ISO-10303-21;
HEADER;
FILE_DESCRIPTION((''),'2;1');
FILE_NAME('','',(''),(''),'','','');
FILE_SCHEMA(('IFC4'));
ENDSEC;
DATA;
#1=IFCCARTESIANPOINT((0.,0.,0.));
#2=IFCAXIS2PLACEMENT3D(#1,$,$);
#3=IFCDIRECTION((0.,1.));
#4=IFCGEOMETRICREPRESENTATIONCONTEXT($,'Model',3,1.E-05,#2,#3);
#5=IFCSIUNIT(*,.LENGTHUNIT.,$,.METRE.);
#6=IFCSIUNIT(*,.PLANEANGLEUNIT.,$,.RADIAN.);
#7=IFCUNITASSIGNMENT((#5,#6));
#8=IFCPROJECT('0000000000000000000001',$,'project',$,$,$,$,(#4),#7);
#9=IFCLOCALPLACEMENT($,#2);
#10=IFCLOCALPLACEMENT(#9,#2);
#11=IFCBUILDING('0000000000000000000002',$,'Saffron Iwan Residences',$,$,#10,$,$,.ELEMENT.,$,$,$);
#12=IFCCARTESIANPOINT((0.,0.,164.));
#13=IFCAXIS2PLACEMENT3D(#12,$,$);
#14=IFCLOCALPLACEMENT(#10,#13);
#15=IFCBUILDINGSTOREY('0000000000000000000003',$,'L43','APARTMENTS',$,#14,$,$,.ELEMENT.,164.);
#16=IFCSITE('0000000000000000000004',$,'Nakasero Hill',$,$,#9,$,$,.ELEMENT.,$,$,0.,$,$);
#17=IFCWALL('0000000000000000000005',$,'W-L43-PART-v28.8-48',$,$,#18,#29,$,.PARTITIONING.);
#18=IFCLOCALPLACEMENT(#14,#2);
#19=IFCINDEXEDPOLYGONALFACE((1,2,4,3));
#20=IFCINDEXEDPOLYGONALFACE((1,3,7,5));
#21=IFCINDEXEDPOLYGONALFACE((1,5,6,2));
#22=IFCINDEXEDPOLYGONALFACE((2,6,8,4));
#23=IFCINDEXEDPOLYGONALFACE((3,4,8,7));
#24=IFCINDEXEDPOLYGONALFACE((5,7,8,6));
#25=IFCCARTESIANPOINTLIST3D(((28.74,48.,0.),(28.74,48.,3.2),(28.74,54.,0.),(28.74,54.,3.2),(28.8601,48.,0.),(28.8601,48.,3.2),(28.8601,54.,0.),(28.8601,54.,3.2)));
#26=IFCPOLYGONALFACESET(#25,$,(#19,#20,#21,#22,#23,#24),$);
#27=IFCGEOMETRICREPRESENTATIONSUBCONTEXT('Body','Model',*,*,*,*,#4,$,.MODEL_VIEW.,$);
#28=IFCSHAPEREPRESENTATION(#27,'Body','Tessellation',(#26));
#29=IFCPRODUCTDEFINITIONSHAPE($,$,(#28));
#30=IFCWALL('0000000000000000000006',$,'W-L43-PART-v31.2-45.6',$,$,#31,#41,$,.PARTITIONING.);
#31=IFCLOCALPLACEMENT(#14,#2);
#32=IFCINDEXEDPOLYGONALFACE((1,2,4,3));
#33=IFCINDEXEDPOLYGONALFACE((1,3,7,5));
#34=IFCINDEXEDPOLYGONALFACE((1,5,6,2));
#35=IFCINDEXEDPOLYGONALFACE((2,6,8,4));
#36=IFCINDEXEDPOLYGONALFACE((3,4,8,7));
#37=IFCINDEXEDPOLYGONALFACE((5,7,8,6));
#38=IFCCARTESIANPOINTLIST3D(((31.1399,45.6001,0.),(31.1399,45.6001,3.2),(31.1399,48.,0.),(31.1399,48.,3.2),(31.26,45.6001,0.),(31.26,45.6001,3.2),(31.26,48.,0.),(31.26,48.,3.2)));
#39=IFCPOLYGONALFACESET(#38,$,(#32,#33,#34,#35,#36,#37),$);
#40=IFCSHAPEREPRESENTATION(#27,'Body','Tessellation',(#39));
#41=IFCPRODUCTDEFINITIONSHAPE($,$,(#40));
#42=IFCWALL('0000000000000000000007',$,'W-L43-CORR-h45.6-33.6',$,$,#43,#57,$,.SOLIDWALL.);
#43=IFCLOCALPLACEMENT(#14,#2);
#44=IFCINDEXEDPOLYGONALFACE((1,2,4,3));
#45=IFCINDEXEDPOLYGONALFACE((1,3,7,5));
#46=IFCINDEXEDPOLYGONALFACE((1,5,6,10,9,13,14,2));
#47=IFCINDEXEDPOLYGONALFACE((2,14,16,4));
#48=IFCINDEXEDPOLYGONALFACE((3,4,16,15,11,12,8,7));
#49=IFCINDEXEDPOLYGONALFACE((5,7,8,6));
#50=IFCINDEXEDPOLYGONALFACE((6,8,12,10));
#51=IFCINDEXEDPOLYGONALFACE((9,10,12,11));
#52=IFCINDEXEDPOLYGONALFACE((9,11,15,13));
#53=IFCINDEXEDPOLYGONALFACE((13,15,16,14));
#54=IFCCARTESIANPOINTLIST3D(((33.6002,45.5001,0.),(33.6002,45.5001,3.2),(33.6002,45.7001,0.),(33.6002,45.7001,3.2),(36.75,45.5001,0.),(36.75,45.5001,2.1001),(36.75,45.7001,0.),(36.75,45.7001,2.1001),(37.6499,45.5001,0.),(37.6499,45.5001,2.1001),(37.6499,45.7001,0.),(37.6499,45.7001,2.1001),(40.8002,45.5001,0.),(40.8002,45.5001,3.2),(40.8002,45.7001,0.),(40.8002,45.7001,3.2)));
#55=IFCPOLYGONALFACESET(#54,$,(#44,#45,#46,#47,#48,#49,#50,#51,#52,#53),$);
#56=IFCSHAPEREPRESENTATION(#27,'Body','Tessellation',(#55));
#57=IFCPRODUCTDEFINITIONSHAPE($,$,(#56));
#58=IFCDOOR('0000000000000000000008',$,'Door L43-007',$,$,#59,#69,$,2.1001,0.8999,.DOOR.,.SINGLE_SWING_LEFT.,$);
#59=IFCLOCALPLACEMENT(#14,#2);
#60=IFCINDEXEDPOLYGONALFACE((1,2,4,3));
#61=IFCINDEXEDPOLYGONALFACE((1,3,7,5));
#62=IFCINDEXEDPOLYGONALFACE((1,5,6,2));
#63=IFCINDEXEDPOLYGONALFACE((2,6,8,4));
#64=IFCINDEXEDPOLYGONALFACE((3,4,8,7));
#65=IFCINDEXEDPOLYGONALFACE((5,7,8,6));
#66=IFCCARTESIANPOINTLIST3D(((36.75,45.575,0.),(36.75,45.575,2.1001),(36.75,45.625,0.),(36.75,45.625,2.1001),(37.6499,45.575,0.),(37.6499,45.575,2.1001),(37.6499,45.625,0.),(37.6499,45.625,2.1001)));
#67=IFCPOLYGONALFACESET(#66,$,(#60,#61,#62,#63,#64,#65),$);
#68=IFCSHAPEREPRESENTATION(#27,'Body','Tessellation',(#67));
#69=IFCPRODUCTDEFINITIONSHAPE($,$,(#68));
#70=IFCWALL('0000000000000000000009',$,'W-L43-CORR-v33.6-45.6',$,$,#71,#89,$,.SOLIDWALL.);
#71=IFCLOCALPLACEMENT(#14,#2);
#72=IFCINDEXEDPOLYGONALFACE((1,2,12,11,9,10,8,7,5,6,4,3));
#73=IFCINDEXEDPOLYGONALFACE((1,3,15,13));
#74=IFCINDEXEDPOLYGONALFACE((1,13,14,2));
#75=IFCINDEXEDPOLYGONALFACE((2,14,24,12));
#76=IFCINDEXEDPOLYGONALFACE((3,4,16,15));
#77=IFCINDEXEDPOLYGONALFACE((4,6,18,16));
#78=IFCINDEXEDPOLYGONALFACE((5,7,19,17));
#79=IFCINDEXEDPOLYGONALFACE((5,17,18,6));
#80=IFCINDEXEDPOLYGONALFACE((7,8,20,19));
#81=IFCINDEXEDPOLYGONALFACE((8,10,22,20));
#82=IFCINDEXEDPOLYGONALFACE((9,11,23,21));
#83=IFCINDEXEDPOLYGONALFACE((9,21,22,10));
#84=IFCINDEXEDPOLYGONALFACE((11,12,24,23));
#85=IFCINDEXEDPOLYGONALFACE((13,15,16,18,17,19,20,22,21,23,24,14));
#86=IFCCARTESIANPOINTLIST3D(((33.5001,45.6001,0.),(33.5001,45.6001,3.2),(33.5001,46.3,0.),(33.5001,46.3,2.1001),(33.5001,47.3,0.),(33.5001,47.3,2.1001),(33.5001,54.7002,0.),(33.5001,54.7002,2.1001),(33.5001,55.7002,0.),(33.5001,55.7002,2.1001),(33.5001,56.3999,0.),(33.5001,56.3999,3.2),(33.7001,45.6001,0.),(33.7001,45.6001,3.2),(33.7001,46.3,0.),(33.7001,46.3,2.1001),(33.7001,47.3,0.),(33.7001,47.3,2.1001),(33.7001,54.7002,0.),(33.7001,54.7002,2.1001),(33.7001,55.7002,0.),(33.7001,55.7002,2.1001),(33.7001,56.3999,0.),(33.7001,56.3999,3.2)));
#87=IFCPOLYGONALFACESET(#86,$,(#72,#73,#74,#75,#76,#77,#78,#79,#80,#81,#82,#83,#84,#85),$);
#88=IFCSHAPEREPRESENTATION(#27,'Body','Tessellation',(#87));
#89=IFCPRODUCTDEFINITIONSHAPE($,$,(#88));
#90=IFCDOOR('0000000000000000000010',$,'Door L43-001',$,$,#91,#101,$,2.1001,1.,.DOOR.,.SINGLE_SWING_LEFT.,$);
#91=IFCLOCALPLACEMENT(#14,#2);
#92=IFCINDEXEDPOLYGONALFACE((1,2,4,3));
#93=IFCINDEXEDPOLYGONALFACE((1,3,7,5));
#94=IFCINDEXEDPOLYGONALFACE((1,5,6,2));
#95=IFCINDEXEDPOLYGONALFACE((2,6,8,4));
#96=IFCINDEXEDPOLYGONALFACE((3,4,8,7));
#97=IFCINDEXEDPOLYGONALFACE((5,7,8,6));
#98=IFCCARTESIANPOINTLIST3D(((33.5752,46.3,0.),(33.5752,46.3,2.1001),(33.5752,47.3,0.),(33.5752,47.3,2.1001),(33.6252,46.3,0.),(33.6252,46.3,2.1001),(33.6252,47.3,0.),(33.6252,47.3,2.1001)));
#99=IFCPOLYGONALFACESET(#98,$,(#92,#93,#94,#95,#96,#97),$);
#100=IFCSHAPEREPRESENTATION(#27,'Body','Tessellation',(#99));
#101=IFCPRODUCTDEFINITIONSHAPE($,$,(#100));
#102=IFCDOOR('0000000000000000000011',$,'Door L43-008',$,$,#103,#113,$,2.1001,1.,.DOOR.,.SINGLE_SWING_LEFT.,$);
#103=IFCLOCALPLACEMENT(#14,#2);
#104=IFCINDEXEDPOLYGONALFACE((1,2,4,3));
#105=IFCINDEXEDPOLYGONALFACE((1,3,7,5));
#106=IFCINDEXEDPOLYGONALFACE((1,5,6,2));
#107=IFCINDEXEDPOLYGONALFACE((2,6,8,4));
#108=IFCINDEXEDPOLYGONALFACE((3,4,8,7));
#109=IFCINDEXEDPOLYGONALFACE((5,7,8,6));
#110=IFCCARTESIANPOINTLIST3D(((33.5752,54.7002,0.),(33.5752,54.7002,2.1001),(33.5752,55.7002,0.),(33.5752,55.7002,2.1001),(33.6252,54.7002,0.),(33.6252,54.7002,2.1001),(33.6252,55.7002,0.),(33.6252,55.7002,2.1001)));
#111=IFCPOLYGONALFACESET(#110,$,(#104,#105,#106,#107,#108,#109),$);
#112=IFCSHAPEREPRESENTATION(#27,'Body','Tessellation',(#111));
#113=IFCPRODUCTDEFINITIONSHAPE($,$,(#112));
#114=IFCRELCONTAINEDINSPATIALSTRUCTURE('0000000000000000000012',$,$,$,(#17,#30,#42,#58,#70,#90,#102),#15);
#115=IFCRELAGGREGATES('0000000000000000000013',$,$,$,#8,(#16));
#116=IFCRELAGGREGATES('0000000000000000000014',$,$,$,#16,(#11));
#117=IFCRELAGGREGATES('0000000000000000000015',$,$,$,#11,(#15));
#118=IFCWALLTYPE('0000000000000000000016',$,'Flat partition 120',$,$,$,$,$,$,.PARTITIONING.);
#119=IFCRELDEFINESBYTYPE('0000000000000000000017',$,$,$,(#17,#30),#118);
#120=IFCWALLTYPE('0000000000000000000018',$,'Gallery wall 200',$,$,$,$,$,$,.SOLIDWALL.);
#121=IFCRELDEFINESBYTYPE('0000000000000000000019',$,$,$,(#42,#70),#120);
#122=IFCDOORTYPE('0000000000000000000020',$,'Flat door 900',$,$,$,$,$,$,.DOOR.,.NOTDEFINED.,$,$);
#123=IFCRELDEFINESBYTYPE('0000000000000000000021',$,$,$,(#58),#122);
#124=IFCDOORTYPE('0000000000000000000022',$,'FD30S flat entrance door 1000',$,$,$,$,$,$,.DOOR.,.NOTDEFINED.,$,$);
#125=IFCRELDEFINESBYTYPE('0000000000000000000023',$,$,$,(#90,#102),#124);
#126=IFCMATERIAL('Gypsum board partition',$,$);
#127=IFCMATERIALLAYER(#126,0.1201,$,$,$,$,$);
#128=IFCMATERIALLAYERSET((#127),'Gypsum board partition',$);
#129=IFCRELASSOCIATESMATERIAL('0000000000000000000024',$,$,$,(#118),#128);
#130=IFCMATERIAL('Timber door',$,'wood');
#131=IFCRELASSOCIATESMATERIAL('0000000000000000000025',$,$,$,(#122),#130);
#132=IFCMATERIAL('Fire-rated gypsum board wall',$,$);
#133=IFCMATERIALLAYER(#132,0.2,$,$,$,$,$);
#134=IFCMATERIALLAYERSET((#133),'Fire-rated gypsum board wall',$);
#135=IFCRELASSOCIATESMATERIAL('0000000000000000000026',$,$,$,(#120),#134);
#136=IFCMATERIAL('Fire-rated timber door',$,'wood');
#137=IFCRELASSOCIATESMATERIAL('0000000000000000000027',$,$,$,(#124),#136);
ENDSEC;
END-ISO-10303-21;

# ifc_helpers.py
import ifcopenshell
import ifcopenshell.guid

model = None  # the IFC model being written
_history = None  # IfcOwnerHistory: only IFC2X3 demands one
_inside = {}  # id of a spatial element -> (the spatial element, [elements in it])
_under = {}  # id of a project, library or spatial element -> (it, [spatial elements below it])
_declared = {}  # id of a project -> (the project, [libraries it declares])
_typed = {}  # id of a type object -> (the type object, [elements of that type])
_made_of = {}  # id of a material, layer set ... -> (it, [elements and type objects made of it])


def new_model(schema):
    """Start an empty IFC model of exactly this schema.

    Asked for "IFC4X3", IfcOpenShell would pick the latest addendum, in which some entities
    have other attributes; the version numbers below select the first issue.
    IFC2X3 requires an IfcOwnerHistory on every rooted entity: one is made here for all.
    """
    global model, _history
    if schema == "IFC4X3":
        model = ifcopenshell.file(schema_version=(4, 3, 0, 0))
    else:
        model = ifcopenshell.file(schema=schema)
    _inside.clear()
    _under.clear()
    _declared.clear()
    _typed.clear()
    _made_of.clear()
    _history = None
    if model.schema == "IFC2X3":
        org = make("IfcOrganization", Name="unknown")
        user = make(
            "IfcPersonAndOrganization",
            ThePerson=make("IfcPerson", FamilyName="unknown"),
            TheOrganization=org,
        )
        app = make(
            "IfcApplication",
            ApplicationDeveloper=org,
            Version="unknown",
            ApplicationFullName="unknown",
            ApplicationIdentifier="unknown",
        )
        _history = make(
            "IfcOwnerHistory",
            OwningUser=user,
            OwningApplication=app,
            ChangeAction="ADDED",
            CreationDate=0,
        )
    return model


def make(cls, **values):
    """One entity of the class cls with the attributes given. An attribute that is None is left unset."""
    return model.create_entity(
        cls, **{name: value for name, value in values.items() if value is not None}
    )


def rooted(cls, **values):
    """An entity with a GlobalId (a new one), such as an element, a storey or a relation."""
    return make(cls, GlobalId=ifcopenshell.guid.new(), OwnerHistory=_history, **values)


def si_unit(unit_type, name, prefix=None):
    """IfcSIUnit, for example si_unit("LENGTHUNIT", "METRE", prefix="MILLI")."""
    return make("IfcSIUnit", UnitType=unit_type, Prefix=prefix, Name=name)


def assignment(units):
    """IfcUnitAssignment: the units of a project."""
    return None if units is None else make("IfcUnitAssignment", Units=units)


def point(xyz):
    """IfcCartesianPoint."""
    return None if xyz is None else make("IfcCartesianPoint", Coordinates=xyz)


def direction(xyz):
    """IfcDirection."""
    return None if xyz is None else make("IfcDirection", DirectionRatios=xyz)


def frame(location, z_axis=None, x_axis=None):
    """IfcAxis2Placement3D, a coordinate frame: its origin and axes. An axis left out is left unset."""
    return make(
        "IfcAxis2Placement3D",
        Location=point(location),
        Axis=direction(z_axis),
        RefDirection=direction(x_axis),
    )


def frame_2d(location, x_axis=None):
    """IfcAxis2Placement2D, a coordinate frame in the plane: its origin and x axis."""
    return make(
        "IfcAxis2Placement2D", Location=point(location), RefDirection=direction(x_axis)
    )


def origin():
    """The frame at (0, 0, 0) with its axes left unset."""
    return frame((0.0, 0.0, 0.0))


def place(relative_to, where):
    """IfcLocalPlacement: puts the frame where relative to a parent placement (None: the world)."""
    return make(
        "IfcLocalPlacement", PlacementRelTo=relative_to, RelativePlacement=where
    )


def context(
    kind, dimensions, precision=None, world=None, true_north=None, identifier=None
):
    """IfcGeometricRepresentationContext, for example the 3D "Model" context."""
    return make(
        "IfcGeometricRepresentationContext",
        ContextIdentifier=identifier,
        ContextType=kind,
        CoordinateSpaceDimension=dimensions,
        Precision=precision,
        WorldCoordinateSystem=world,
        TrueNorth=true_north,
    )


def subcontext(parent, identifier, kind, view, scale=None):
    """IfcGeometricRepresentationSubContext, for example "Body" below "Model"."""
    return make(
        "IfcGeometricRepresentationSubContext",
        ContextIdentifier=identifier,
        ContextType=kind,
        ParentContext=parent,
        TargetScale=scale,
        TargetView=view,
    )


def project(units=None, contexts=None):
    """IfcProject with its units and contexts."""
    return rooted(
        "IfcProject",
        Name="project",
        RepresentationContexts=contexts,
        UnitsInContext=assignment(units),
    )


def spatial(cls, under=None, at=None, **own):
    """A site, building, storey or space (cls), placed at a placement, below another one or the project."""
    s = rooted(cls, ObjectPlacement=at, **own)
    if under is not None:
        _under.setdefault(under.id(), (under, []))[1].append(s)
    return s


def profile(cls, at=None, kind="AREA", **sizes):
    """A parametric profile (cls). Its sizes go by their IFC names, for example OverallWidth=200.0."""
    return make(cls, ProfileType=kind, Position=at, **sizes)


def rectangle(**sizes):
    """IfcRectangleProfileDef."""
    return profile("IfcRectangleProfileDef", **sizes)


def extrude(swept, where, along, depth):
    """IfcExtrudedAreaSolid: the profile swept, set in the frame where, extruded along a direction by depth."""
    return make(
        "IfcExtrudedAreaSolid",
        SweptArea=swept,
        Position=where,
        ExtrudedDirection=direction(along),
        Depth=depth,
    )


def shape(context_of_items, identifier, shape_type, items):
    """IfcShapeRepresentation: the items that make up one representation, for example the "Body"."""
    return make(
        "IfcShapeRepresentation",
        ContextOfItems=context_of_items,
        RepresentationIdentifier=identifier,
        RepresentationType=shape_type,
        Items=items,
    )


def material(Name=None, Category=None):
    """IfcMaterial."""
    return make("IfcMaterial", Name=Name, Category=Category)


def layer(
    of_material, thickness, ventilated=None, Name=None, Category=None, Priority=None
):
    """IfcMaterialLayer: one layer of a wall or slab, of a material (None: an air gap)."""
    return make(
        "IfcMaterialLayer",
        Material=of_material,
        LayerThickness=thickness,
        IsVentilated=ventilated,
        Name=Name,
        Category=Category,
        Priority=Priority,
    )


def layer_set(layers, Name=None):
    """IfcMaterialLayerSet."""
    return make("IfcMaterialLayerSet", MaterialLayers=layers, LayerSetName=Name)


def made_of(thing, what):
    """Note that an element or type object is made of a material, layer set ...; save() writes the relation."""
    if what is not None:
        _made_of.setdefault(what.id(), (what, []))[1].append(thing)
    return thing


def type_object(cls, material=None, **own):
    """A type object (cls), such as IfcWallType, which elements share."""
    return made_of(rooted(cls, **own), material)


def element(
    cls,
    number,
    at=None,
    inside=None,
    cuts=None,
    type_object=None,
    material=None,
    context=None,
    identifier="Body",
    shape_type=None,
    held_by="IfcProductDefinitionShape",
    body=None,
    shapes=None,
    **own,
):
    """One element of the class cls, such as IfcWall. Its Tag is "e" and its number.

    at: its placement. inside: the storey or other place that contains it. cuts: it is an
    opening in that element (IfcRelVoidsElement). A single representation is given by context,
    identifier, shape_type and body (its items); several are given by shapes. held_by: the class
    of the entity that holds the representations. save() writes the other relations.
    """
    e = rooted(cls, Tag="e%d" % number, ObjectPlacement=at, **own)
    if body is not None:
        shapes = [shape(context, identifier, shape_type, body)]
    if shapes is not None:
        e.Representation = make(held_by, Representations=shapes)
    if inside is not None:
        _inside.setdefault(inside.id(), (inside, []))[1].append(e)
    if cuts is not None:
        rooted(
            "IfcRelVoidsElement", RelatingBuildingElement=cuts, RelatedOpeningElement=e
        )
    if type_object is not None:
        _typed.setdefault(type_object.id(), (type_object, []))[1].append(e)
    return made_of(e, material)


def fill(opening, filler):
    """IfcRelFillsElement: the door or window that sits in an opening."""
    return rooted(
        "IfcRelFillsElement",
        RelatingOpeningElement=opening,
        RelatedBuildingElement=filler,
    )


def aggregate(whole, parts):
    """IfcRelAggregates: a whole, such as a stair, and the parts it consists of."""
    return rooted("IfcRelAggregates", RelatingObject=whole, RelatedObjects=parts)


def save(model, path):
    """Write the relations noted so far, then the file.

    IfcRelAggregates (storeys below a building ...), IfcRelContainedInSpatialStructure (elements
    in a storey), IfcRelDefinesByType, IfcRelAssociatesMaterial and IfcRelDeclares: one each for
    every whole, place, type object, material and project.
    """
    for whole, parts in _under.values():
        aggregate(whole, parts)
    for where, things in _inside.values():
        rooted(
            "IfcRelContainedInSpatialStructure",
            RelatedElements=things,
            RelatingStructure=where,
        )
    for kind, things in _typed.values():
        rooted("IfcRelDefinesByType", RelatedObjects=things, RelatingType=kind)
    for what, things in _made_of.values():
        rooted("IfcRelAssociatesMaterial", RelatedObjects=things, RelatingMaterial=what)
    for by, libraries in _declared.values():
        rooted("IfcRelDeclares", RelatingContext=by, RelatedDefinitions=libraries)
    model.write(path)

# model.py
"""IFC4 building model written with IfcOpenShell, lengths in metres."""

from ifc_helpers import new_model, si_unit, direction, frame, frame_2d, origin, place, context, subcontext, project, spatial, rectangle, extrude, material, layer, layer_set, type_object, element, fill, save


model = new_model("IFC4")

# Units and contexts
model_context = context("Model", 3, precision=1e-05, world=origin(), true_north=direction((0.0, 1.0)))
body_context = subcontext(model_context, "Body", "Model", "MODEL_VIEW")
ifc_project = project(units=[si_unit("LENGTHUNIT", "METRE"), si_unit("PLANEANGLEUNIT", "RADIAN")], contexts=[model_context])

# Site, building, storey
site_placement = place(None, origin())
site = spatial("IfcSite", under=ifc_project, at=site_placement, Name="Nakasero Hill", CompositionType="ELEMENT", RefElevation=0.0)
building_placement = place(site_placement, origin())
building = spatial("IfcBuilding", under=site, at=building_placement, Name="Saffron Iwan Residences", CompositionType="ELEMENT")
storey_placement = place(building_placement, frame((0.0, 0.0, 164.0)))
storey = spatial("IfcBuildingStorey", under=building, at=storey_placement, Name="L43", Description="APARTMENTS", CompositionType="ELEMENT", Elevation=164.0)

# Shared definitions
ifc_material_1 = material(Name="Gypsum board partition")
ifc_layer_1 = layer(ifc_material_1, 0.1201)
ifc_layer_set_1 = layer_set([ifc_layer_1], Name="Gypsum board partition")
wall_type_1 = type_object("IfcWallType", Name="Flat partition 120", PredefinedType="PARTITIONING", material=ifc_layer_set_1)
ifc_material_2 = material(Name="Timber door", Category="wood")
door_type_1 = type_object("IfcDoorType", Name="Flat door 900", OperationType="NOTDEFINED", PredefinedType="DOOR", material=ifc_material_2)

# Walls
wall_1_placement = place(storey_placement, frame((28.8, 48.0, 0.0), z_axis=(0.0, 0.0, 1.0), x_axis=(0.0, 1.0, 0.0)))
element("IfcWall", 1, at=wall_1_placement, inside=storey, type_object=wall_type_1, Name="W-L43-PART-v28.8-48", PredefinedType="PARTITIONING", context=body_context, shape_type="SweptSolid", body=[
    extrude(rectangle(XDim=6.0, YDim=0.1201, at=frame_2d((3.0, 0.0))), origin(), (0.0, 0.0, 1.0), 3.2),
])
wall_2_placement = place(storey_placement, frame((31.2, 45.6001, 0.0), z_axis=(0.0, 0.0, 1.0), x_axis=(0.0, 1.0, 0.0)))
element("IfcWall", 2, at=wall_2_placement, inside=storey, type_object=wall_type_1, Name="W-L43-PART-v31.2-45.6", PredefinedType="PARTITIONING", context=body_context, shape_type="SweptSolid", body=[
    extrude(rectangle(XDim=2.3999, YDim=0.1201, at=frame_2d((1.2, 0.0))), origin(), (0.0, 0.0, 1.0), 3.2),
])

# Wall, opening, door
ifc_material_3 = material(Name="Fire-rated gypsum board wall")
ifc_layer_2 = layer(ifc_material_3, 0.2)
ifc_layer_set_2 = layer_set([ifc_layer_2], Name="Fire-rated gypsum board wall")
wall_type_2 = type_object("IfcWallType", Name="Gallery wall 200", PredefinedType="SOLIDWALL", material=ifc_layer_set_2)
wall_3_placement = place(storey_placement, frame((33.6001, 45.6001, 0.0), z_axis=(0.0, 0.0, 1.0), x_axis=(1.0, 0.0, 0.0)))
wall_3 = element("IfcWall", 3, at=wall_3_placement, inside=storey, type_object=wall_type_2, Name="W-L43-CORR-h45.6-33.6", PredefinedType="SOLIDWALL", context=body_context, shape_type="SweptSolid", body=[
    extrude(rectangle(XDim=7.2, YDim=0.2, at=frame_2d((3.6001, 0.0))), origin(), (0.0, 0.0, 1.0), 3.2),
])
opening_1_placement = place(wall_3_placement, frame((3.1499, 0.0, 0.0)))
opening_1 = element("IfcOpeningElement", 4, at=opening_1_placement, cuts=wall_3, PredefinedType="OPENING", context=body_context, shape_type="SweptSolid", body=[
    extrude(rectangle(XDim=0.8999, YDim=2.1001, at=frame_2d((0.45, 1.05))), frame((0.0, 0.1099, 0.0), z_axis=(0.0, -1.0, 0.0), x_axis=(1.0, 0.0, 0.0)), (0.0, 0.0, 1.0), 0.22),
])
door_1_placement = place(opening_1_placement, origin())
door_1 = element("IfcDoor", 5, at=door_1_placement, inside=storey, type_object=door_type_1, Name="Door L43-007", OperationType="SINGLE_SWING_LEFT", OverallHeight=2.1001, OverallWidth=0.8999, PredefinedType="DOOR", context=body_context, shape_type="SweptSolid", body=[
    extrude(rectangle(XDim=0.8999, YDim=2.1001, at=frame_2d((0.45, 1.05))), frame((0.0, 0.0249, 0.0), z_axis=(0.0, -1.0, 0.0), x_axis=(1.0, 0.0, 0.0)), (0.0, 0.0, 1.0), 0.05),
])
fill(opening_1, door_1)

# Wall, openings, doors
wall_4_placement = place(storey_placement, frame((33.6001, 45.6001, 0.0), z_axis=(0.0, 0.0, 1.0), x_axis=(0.0, 1.0, 0.0)))
wall_4 = element("IfcWall", 6, at=wall_4_placement, inside=storey, type_object=wall_type_2, Name="W-L43-CORR-v33.6-45.6", PredefinedType="SOLIDWALL", context=body_context, shape_type="SweptSolid", body=[
    extrude(rectangle(XDim=10.7998, YDim=0.2, at=frame_2d((5.3999, 0.0))), origin(), (0.0, 0.0, 1.0), 3.2),
])
opening_2_placement = place(wall_4_placement, frame((0.7, 0.0, 0.0)))
opening_2 = element("IfcOpeningElement", 7, at=opening_2_placement, cuts=wall_4, PredefinedType="OPENING", context=body_context, shape_type="SweptSolid", body=[
    extrude(rectangle(XDim=1.0, YDim=2.1001, at=frame_2d((0.5, 1.05))), frame((0.0, 0.1099, 0.0), z_axis=(0.0, -1.0, 0.0), x_axis=(1.0, 0.0, 0.0)), (0.0, 0.0, 1.0), 0.22),
])
opening_3_placement = place(wall_4_placement, frame((9.1001, 0.0, 0.0)))
opening_3 = element("IfcOpeningElement", 8, at=opening_3_placement, cuts=wall_4, PredefinedType="OPENING", context=body_context, shape_type="SweptSolid", body=[
    extrude(rectangle(XDim=1.0, YDim=2.1001, at=frame_2d((0.5, 1.05))), frame((0.0, 0.1099, 0.0), z_axis=(0.0, -1.0, 0.0), x_axis=(1.0, 0.0, 0.0)), (0.0, 0.0, 1.0), 0.22),
])
ifc_material_4 = material(Name="Fire-rated timber door", Category="wood")
door_type_2 = type_object("IfcDoorType", Name="FD30S flat entrance door 1000", OperationType="NOTDEFINED", PredefinedType="DOOR", material=ifc_material_4)
door_2_placement = place(opening_2_placement, origin())
door_2 = element("IfcDoor", 9, at=door_2_placement, inside=storey, type_object=door_type_2, Name="Door L43-001", OperationType="SINGLE_SWING_LEFT", OverallHeight=2.1001, OverallWidth=1.0, PredefinedType="DOOR", context=body_context, shape_type="SweptSolid", body=[
    extrude(rectangle(XDim=1.0, YDim=2.1001, at=frame_2d((0.5, 1.05))), frame((0.0, 0.0249, 0.0), z_axis=(0.0, -1.0, 0.0), x_axis=(1.0, 0.0, 0.0)), (0.0, 0.0, 1.0), 0.05),
])
fill(opening_2, door_2)
door_3_placement = place(opening_3_placement, origin())
door_3 = element("IfcDoor", 10, at=door_3_placement, inside=storey, type_object=door_type_2, Name="Door L43-008", OperationType="SINGLE_SWING_LEFT", OverallHeight=2.1001, OverallWidth=1.0, PredefinedType="DOOR", context=body_context, shape_type="SweptSolid", body=[
    extrude(rectangle(XDim=1.0, YDim=2.1001, at=frame_2d((0.5, 1.05))), frame((0.0, 0.0249, 0.0), z_axis=(0.0, -1.0, 0.0), x_axis=(1.0, 0.0, 0.0)), (0.0, 0.0, 1.0), 0.05),
])
fill(opening_3, door_3)

save(model, "model.ifc")
